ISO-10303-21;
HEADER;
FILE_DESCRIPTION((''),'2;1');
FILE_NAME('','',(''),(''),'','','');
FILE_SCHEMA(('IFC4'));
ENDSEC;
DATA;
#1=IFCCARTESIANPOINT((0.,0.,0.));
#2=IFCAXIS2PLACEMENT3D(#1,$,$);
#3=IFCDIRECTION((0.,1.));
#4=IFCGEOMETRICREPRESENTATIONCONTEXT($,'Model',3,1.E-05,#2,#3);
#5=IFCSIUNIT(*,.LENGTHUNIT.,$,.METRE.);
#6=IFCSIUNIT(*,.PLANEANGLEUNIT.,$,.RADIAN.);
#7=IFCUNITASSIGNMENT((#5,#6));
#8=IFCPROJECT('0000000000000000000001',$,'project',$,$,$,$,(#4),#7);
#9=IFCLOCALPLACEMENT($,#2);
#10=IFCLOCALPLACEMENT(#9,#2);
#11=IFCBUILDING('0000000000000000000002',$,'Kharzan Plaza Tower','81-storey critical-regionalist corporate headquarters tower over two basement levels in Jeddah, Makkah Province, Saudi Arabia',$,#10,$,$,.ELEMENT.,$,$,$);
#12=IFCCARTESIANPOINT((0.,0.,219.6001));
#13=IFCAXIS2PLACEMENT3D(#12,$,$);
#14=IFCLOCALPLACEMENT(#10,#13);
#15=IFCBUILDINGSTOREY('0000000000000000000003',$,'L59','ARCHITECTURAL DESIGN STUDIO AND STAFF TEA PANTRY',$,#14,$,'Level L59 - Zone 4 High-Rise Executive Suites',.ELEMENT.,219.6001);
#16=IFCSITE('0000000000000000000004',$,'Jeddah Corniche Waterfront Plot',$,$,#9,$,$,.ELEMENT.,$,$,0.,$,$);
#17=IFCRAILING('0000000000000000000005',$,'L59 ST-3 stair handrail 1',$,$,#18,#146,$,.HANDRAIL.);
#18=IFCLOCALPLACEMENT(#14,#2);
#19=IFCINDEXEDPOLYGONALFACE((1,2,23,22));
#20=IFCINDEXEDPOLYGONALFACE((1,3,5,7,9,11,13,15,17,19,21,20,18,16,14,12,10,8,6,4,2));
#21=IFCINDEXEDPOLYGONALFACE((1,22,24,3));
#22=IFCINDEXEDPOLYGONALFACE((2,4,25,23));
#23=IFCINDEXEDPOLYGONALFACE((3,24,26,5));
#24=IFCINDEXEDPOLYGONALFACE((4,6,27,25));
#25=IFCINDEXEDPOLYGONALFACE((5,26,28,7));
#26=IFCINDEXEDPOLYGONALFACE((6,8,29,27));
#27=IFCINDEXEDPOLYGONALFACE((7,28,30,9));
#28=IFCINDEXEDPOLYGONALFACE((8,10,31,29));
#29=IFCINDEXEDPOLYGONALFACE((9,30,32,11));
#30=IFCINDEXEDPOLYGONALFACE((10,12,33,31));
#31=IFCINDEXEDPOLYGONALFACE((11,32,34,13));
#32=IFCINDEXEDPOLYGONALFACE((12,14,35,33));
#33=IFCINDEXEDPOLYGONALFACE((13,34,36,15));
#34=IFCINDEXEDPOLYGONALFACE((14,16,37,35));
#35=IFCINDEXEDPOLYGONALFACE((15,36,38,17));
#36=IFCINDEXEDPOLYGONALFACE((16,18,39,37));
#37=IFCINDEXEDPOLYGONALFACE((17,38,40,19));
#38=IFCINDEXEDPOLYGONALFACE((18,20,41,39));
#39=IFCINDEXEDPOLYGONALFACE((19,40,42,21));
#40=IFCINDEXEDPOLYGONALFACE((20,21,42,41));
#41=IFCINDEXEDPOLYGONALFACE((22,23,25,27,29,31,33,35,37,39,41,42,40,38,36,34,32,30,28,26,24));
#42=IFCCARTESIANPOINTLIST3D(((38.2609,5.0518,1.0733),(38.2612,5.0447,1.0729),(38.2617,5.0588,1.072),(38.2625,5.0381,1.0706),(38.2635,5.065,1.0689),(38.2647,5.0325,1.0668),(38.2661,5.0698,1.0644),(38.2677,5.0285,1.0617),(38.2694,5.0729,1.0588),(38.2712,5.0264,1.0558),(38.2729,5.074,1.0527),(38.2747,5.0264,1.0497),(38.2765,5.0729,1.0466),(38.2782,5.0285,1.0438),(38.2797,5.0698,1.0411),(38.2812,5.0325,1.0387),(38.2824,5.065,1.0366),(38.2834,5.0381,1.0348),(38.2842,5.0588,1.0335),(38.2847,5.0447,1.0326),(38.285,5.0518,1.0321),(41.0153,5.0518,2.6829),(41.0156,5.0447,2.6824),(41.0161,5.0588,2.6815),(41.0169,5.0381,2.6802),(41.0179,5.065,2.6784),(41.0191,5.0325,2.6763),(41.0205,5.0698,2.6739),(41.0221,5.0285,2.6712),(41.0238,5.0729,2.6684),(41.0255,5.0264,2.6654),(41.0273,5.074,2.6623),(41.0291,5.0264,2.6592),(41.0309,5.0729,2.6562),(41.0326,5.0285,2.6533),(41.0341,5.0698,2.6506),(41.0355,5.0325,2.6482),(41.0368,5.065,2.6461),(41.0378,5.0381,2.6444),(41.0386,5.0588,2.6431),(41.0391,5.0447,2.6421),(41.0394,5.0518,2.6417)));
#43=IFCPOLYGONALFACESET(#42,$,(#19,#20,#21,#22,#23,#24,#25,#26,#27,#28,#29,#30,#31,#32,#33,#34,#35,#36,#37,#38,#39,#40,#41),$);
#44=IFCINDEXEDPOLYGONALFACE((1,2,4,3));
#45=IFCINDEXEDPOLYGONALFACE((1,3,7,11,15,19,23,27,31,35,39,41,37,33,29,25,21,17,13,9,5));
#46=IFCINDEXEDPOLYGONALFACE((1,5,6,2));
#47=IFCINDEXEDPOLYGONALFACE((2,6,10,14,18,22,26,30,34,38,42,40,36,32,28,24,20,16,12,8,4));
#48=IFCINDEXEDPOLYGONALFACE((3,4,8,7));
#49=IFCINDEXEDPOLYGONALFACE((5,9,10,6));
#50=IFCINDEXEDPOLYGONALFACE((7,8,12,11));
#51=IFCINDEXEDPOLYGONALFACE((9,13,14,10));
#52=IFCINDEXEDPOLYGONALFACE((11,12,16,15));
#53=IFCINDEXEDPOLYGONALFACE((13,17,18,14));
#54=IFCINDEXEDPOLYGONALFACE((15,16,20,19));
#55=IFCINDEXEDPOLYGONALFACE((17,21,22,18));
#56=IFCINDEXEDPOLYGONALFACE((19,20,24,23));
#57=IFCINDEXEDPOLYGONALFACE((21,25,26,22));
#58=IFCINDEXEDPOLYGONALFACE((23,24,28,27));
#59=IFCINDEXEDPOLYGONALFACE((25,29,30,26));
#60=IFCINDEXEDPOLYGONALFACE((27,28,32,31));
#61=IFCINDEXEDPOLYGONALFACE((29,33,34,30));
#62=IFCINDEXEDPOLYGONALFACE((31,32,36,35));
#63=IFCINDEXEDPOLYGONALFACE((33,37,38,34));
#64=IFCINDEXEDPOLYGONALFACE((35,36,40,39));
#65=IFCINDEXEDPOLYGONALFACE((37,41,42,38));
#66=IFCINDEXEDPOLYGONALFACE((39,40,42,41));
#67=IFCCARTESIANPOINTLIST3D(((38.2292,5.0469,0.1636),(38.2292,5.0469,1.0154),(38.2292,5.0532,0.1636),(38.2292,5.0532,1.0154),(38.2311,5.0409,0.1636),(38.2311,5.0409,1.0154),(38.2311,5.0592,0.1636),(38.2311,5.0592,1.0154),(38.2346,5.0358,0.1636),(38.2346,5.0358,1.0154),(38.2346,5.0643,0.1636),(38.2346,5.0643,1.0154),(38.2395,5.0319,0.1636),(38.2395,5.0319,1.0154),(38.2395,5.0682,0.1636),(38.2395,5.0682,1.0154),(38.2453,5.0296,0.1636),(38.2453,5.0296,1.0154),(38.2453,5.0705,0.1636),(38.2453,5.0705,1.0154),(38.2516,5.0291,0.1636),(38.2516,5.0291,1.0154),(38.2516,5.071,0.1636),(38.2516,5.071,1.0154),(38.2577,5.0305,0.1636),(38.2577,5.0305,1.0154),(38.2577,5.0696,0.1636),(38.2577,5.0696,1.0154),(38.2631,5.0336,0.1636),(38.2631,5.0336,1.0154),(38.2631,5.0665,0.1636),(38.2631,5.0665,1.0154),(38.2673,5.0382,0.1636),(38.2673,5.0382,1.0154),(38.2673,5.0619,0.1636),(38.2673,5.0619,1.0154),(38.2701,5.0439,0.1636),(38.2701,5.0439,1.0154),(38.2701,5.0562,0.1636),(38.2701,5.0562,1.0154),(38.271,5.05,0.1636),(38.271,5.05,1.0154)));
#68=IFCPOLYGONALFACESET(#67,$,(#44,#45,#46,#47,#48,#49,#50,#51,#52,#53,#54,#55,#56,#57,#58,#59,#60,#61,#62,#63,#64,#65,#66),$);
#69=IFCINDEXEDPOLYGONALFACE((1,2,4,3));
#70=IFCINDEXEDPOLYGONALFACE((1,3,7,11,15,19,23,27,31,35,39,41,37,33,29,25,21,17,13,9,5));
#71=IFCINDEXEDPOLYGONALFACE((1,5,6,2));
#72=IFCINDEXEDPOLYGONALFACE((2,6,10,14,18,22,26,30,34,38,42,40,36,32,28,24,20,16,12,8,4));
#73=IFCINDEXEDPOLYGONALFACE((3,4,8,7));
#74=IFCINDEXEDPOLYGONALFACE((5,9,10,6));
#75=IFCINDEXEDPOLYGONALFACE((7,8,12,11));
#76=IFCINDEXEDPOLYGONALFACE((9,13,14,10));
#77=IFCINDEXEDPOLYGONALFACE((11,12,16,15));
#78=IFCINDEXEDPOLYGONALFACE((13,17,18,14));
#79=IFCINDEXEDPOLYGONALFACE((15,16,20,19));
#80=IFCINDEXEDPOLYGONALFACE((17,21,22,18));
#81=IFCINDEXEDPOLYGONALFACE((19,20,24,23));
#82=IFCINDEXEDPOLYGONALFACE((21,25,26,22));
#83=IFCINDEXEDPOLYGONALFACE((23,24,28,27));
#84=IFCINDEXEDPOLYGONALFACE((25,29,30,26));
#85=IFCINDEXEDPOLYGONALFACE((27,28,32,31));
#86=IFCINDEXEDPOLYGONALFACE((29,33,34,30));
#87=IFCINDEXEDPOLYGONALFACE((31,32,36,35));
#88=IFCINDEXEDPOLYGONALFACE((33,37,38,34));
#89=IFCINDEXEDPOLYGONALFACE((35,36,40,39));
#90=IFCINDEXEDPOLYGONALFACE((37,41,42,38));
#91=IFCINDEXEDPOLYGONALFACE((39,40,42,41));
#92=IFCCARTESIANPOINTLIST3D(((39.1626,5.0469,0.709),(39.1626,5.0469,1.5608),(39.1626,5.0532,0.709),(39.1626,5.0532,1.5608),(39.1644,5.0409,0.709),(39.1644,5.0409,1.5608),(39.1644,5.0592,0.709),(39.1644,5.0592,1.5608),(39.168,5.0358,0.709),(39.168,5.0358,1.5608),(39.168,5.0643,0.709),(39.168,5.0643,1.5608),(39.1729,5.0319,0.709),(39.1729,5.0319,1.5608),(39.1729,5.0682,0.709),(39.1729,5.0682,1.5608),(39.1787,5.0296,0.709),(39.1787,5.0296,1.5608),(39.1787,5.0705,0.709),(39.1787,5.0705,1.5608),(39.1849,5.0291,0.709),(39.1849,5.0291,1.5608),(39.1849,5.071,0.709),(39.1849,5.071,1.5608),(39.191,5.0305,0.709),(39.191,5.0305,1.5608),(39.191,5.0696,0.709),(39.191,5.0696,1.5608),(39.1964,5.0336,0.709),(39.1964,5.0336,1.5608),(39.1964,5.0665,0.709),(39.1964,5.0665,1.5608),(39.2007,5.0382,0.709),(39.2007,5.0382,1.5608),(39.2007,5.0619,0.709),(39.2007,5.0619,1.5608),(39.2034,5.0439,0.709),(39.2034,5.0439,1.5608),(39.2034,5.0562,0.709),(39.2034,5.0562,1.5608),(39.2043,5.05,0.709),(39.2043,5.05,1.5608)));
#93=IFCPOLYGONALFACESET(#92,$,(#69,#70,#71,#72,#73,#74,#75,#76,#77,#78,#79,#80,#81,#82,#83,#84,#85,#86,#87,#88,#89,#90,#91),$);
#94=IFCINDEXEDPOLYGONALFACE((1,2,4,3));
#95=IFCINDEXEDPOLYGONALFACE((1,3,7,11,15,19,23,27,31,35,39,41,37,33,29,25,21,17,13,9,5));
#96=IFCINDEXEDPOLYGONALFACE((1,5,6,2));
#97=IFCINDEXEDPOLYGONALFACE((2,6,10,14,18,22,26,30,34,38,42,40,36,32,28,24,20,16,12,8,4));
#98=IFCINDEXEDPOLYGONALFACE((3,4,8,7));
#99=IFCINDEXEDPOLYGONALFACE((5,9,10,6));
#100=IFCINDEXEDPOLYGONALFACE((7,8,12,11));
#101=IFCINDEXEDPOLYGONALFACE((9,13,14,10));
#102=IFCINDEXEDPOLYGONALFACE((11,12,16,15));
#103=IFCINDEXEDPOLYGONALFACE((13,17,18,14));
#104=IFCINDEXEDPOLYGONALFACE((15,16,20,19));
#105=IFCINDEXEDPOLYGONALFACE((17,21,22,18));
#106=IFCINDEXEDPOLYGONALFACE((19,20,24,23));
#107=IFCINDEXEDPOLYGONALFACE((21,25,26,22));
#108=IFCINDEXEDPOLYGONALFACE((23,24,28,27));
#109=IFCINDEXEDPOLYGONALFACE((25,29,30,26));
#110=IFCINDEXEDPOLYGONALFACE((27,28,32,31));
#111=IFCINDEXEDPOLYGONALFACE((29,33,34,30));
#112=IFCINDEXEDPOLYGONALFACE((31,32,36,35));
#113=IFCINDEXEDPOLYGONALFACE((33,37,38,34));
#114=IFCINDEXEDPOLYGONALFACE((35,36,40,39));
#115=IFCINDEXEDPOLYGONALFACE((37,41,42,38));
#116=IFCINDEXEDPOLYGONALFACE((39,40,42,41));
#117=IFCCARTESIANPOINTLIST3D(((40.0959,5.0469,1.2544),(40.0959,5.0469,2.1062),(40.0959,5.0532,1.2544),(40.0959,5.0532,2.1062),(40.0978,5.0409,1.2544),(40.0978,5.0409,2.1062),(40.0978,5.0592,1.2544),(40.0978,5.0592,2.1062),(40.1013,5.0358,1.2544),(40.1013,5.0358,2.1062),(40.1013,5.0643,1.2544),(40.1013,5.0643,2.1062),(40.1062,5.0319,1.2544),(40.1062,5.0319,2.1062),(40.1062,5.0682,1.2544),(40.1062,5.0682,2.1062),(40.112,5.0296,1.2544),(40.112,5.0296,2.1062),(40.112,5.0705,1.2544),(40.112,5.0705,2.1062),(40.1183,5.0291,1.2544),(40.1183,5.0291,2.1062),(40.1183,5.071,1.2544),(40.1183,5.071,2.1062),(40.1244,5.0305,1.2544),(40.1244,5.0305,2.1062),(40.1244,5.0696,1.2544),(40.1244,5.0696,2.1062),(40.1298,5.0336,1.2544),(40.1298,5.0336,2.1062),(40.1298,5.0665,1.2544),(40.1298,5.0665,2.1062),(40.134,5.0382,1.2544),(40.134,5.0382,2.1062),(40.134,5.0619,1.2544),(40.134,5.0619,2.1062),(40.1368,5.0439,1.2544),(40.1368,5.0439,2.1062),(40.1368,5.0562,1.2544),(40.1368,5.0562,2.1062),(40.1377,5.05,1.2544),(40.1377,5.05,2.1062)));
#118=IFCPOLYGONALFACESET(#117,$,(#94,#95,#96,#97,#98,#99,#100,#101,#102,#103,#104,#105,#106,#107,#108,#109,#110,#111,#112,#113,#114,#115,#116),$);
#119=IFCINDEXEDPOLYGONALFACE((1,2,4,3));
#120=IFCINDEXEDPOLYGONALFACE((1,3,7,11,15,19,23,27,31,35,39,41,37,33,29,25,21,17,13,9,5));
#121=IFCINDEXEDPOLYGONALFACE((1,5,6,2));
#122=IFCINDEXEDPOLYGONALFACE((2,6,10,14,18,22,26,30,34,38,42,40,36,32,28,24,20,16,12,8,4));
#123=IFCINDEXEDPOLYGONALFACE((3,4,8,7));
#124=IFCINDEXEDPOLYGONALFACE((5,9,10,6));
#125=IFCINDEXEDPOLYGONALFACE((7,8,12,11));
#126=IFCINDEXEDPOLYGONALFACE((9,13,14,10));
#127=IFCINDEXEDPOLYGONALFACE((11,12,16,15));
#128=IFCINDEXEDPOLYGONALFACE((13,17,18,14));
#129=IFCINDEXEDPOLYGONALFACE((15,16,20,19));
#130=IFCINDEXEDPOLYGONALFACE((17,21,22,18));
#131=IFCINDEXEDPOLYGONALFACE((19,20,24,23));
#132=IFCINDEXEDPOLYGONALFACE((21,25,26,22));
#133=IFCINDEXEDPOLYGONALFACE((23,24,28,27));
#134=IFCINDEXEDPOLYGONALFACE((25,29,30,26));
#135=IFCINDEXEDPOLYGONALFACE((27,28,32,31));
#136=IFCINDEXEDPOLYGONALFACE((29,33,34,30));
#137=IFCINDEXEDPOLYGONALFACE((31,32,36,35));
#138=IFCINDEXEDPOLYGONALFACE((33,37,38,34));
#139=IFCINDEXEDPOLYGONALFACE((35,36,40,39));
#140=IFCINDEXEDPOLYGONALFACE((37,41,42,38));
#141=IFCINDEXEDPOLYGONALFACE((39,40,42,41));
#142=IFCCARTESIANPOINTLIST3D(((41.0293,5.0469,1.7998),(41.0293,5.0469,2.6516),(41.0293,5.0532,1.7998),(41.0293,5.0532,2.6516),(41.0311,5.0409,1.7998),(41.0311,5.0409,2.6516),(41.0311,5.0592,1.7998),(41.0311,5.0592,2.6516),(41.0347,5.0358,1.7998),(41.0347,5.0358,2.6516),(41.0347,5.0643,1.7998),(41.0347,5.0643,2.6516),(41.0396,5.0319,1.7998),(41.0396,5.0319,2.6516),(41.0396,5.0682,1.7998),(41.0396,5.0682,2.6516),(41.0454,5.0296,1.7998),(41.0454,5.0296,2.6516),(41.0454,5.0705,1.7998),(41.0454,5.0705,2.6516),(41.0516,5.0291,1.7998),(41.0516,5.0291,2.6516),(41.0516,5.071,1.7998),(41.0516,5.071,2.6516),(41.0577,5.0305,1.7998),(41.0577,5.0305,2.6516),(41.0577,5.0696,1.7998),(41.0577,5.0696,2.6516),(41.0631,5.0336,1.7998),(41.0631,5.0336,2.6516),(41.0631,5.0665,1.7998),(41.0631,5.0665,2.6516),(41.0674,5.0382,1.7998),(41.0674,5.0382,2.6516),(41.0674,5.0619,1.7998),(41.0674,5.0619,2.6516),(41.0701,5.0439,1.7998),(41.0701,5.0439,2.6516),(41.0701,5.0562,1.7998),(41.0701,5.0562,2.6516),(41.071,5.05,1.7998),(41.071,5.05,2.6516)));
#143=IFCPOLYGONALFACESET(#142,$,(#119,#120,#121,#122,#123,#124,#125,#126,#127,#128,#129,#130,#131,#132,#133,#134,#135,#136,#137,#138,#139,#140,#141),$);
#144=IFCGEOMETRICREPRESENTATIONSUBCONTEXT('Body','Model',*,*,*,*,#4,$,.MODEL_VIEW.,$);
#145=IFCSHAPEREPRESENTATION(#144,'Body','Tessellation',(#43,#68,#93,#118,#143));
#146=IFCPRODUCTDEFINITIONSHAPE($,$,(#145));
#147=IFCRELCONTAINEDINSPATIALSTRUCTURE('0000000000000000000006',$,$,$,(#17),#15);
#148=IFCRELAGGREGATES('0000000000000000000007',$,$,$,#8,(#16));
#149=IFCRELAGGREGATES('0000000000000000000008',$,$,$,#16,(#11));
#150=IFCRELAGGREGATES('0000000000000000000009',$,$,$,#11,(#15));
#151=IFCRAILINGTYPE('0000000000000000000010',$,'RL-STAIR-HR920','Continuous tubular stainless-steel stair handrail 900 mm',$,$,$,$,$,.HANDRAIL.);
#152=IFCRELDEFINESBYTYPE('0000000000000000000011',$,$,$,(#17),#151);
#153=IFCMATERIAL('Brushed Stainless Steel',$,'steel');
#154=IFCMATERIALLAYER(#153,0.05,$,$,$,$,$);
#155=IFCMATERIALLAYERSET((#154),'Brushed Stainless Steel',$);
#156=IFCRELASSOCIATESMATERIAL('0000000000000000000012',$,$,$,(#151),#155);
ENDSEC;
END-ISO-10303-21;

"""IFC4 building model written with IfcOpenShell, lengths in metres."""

from ifc_helpers import new_model, si_unit, direction, frame, origin, origin_2d, place, context, subcontext, project, spatial, circle, extrude, source, transform, mapped, material, layer, layer_set, type_object, element, save


model = new_model("IFC4")

# Units and contexts
model_context = context("Model", 3, precision=1e-05, world=origin(), true_north=direction((0.0, 1.0)))
body_context = subcontext(model_context, "Body", "Model", "MODEL_VIEW")
ifc_project = project(units=[si_unit("LENGTHUNIT", "METRE"), si_unit("PLANEANGLEUNIT", "RADIAN")], contexts=[model_context])

# Site, building, storey
site_placement = place(None, origin())
site = spatial("IfcSite", under=ifc_project, at=site_placement, Name="Jeddah Corniche Waterfront Plot", CompositionType="ELEMENT", RefElevation=0.0)
building_placement = place(site_placement, origin())
building = spatial("IfcBuilding", under=site, at=building_placement, Name="Kharzan Plaza Tower", Description="81-storey critical-regionalist corporate headquarters tower over two basement levels in Jeddah, Makkah Province, Saudi Arabia", CompositionType="ELEMENT")
storey_placement = place(building_placement, frame((0.0, 0.0, 219.6001)))
storey = spatial("IfcBuildingStorey", under=building, at=storey_placement, Name="L59", Description="ARCHITECTURAL DESIGN STUDIO AND STAFF TEA PANTRY", LongName="Level L59 - Zone 4 High-Rise Executive Suites", CompositionType="ELEMENT", Elevation=219.6001)

# Shared definitions
ifc_material_1 = material(Name="Brushed Stainless Steel", Category="steel")

# Railing
ifc_layer_1 = layer(ifc_material_1, 0.05)
ifc_layer_set_1 = layer_set([ifc_layer_1], Name="Brushed Stainless Steel")
railing_type_1 = type_object("IfcRailingType", Name="RL-STAIR-HR920", Description="Continuous tubular stainless-steel stair handrail 900 mm", PredefinedType="HANDRAIL", material=ifc_layer_set_1)
shared_shape_1 = source(origin(), body_context, "Body", "SweptSolid", [
    extrude(circle(Radius=0.0239, at=origin_2d()), frame((0.0229, 0.0, 0.8892), z_axis=(0.863394, 0.0, 0.504531), x_axis=(0.0, 1.0, 0.0)), (0.0, 0.0, 1.0), 3.1902),
    extrude(circle(Radius=0.021, at=origin_2d()), origin(), (0.0, 0.0, 1.0), 0.8518),
    extrude(circle(Radius=0.021, at=origin_2d()), frame((0.9333, 0.0, 0.5454)), (0.0, 0.0, 1.0), 0.8518),
    extrude(circle(Radius=0.021, at=origin_2d()), frame((1.8667, 0.0, 1.0908)), (0.0, 0.0, 1.0), 0.8518),
    extrude(circle(Radius=0.021, at=origin_2d()), frame((2.8, 0.0, 1.6362)), (0.0, 0.0, 1.0), 0.8518),
])
railing_1_placement = place(storey_placement, frame((38.25, 5.05, 0.1636)))
element("IfcRailing", 1, at=railing_1_placement, inside=storey, type_object=railing_type_1, Name="L59 ST-3 stair handrail 1", PredefinedType="HANDRAIL", context=body_context, shape_type="MappedRepresentation", body=[
    mapped(shared_shape_1, transform((0.0, 0.0, 0.0), x_axis=(1.0, 0.0, 0.0), y_axis=(0.0, 1.0, 0.0), z_axis=(0.0, 0.0, 1.0))),
])

save(model, "model.ifc")
